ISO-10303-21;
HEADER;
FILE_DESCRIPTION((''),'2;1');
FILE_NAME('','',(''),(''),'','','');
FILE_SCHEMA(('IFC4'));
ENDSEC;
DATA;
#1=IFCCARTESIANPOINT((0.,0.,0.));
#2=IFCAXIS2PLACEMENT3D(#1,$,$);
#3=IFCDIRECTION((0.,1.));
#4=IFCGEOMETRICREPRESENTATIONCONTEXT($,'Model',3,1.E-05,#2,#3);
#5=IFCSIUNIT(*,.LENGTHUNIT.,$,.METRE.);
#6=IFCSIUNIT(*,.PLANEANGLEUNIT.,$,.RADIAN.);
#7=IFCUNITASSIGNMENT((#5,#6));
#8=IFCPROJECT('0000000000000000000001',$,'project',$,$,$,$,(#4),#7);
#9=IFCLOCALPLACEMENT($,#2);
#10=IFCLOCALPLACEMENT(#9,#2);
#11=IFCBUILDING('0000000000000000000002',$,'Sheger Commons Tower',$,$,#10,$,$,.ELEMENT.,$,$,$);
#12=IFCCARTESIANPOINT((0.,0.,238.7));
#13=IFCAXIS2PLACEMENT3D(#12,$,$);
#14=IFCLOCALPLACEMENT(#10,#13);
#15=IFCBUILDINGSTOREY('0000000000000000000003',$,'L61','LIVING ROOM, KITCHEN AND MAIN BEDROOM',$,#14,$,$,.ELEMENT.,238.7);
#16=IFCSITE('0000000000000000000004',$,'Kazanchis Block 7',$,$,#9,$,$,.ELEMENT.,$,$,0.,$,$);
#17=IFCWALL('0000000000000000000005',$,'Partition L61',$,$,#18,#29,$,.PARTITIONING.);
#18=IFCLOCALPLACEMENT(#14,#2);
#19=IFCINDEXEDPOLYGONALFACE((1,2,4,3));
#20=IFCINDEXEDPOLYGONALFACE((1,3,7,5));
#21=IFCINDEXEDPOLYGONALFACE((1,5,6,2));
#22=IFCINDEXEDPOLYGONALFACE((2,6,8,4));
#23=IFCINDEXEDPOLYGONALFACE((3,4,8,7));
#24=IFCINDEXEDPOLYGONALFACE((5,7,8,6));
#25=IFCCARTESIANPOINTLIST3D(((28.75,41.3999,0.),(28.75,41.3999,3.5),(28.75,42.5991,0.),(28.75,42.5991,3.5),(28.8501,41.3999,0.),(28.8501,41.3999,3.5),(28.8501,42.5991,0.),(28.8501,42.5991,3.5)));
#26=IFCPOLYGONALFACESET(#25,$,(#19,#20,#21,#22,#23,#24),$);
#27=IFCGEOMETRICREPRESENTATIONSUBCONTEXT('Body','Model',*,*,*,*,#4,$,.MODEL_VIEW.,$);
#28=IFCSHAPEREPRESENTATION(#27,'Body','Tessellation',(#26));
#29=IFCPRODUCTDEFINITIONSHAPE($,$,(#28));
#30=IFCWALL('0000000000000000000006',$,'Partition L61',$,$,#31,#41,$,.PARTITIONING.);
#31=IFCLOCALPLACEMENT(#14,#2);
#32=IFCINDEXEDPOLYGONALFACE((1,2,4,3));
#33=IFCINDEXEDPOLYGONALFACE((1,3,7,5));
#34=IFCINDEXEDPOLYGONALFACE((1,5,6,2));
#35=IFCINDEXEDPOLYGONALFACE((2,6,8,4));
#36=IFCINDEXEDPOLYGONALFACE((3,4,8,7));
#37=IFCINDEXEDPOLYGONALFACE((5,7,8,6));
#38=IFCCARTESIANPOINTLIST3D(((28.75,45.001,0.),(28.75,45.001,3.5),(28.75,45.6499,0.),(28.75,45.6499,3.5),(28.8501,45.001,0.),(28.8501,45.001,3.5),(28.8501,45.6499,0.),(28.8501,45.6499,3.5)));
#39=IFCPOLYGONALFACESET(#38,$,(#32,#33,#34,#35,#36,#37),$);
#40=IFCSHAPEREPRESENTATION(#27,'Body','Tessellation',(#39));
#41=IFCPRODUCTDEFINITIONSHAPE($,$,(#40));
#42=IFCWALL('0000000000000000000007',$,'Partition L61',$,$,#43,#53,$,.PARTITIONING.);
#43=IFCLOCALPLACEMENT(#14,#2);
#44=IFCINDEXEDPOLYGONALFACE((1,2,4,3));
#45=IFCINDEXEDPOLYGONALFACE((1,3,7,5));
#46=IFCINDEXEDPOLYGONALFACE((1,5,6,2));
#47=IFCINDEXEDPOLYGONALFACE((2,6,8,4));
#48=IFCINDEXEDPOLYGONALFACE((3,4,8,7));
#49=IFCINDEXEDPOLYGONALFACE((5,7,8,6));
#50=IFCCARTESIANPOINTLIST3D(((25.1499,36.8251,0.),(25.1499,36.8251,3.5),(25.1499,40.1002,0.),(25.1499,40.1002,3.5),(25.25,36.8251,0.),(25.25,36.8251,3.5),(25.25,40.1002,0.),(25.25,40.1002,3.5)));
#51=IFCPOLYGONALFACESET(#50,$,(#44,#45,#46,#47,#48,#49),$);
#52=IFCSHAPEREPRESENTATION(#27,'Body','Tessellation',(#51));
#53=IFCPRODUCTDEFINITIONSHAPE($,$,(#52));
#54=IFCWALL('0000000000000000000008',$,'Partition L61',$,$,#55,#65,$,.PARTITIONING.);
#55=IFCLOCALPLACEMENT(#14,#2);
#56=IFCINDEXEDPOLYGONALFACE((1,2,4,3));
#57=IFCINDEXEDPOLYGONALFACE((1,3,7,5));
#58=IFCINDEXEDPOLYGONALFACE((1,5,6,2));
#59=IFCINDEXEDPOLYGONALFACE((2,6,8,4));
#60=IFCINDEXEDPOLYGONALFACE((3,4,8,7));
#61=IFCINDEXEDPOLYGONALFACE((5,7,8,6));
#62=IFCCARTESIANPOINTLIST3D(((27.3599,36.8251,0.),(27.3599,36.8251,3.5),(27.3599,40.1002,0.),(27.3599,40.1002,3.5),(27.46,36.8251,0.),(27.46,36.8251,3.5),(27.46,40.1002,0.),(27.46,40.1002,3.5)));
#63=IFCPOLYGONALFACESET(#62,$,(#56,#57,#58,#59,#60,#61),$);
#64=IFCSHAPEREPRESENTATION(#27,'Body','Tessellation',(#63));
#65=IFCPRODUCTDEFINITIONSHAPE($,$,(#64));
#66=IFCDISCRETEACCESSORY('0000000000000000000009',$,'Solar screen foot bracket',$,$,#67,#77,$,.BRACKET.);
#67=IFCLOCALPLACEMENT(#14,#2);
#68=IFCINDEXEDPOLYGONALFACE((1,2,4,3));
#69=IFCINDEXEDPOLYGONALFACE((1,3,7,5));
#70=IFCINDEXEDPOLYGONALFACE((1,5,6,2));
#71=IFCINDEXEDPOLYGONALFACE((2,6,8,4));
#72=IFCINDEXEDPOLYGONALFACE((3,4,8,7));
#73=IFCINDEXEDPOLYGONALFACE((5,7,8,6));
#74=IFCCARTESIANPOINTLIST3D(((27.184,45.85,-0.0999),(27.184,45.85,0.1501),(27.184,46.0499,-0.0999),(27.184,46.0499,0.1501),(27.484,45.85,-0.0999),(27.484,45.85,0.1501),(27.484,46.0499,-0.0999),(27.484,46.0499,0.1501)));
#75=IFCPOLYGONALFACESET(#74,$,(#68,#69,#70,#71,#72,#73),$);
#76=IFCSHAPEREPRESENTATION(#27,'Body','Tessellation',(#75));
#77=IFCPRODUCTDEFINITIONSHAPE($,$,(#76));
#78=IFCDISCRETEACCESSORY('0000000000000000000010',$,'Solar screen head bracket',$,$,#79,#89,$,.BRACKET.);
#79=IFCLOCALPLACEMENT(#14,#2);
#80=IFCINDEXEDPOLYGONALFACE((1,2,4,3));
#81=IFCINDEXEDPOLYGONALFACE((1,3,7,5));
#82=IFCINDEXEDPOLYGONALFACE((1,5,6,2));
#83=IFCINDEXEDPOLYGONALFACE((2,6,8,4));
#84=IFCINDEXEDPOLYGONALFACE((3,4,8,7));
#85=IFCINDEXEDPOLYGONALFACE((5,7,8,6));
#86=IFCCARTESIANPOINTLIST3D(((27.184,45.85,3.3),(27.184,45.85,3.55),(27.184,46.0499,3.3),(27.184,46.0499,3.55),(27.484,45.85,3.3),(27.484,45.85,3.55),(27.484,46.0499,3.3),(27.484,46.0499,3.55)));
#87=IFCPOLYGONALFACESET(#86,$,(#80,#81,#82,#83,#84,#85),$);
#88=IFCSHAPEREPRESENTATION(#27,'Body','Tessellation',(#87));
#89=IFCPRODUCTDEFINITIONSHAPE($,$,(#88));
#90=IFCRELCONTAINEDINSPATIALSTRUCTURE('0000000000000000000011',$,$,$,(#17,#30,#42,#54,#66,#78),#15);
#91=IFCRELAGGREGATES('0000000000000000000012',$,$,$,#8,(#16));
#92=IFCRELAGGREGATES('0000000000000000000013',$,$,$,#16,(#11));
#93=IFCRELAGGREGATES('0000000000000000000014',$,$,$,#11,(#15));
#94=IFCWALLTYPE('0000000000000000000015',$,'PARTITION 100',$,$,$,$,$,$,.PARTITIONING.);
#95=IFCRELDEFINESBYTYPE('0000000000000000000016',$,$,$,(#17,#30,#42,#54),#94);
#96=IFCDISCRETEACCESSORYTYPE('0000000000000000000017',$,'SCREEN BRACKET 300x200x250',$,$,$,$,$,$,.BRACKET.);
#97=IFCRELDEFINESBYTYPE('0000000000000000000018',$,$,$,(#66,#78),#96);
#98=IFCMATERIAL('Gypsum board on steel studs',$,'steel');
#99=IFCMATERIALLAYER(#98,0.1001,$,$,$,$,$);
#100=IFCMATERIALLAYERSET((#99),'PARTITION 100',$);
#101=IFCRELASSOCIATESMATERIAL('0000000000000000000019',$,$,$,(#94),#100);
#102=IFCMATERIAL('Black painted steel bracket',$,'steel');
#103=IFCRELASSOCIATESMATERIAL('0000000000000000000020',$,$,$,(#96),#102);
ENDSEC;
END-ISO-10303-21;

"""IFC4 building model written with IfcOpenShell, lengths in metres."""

from ifc_helpers import new_model, si_unit, direction, frame, frame_2d, origin, origin_2d, place, context, subcontext, project, spatial, rectangle, extrude, material, layer, layer_set, type_object, element, save


model = new_model("IFC4")

# Units and contexts
model_context = context("Model", 3, precision=1e-05, world=origin(), true_north=direction((0.0, 1.0)))
body_context = subcontext(model_context, "Body", "Model", "MODEL_VIEW")
ifc_project = project(units=[si_unit("LENGTHUNIT", "METRE"), si_unit("PLANEANGLEUNIT", "RADIAN")], contexts=[model_context])

# Site, building, storey
site_placement = place(None, origin())
site = spatial("IfcSite", under=ifc_project, at=site_placement, Name="Kazanchis Block 7", CompositionType="ELEMENT", RefElevation=0.0)
building_placement = place(site_placement, origin())
building = spatial("IfcBuilding", under=site, at=building_placement, Name="Sheger Commons Tower", CompositionType="ELEMENT")
storey_placement = place(building_placement, frame((0.0, 0.0, 238.7)))
storey = spatial("IfcBuildingStorey", under=building, at=storey_placement, Name="L61", Description="LIVING ROOM, KITCHEN AND MAIN BEDROOM", CompositionType="ELEMENT", Elevation=238.7)

# Shared definitions
ifc_material_1 = material(Name="Gypsum board on steel studs", Category="steel")
ifc_layer_1 = layer(ifc_material_1, 0.1001)
ifc_layer_set_1 = layer_set([ifc_layer_1], Name="PARTITION 100")
wall_type_1 = type_object("IfcWallType", Name="PARTITION 100", PredefinedType="PARTITIONING", material=ifc_layer_set_1)

# Walls
wall_1_placement = place(storey_placement, frame((28.8, 41.3999, 0.0), z_axis=(0.0, 0.0, 1.0), x_axis=(0.0, 1.0, 0.0)))
element("IfcWall", 1, at=wall_1_placement, inside=storey, type_object=wall_type_1, Name="Partition L61", PredefinedType="PARTITIONING", context=body_context, shape_type="SweptSolid", body=[
    extrude(rectangle(XDim=1.1992, YDim=0.1001, at=frame_2d((0.5996, 0.0))), origin(), (0.0, 0.0, 1.0), 3.5),
])
wall_2_placement = place(storey_placement, frame((28.8, 45.001, 0.0), z_axis=(0.0, 0.0, 1.0), x_axis=(0.0, 1.0, 0.0)))
element("IfcWall", 2, at=wall_2_placement, inside=storey, type_object=wall_type_1, Name="Partition L61", PredefinedType="PARTITIONING", context=body_context, shape_type="SweptSolid", body=[
    extrude(rectangle(XDim=0.6489, YDim=0.1001, at=frame_2d((0.3245, 0.0))), origin(), (0.0, 0.0, 1.0), 3.5),
])
for number, where, z_axis, x_axis, name in (
    (3, (25.2, 36.825, 0.0), (0.0, 0.0, 1.0), (0.0, 1.0, 0.0), "Partition L61"),
    (4, (27.4099, 36.825, 0.0), (0.0, 0.0, 1.0), (0.0, 1.0, 0.0), "Partition L61"),
):
    element("IfcWall", number, at=place(storey_placement, frame(where, z_axis=z_axis, x_axis=x_axis)), inside=storey, type_object=wall_type_1, Name=name, PredefinedType="PARTITIONING", context=body_context, shape_type="SweptSolid", body=[
        extrude(rectangle(XDim=3.2751, YDim=0.1001, at=frame_2d((1.6377, 0.0))), origin(), (0.0, 0.0, 1.0), 3.5),
    ])

# Discrete accessories
ifc_material_2 = material(Name="Black painted steel bracket", Category="steel")
discrete_accessory_type = type_object("IfcDiscreteAccessoryType", Name="SCREEN BRACKET 300x200x250", PredefinedType="BRACKET", material=ifc_material_2)
for number, where, z_axis, x_axis, name in (
    (5, (27.334, 45.95, -0.0999), (0.0, 0.0, 1.0), (-1.0, 0.0, 0.0), "Solar screen foot bracket"),
    (6, (27.334, 45.95, 3.3), (0.0, 0.0, 1.0), (-1.0, 0.0, 0.0), "Solar screen head bracket"),
):
    element("IfcDiscreteAccessory", number, at=place(storey_placement, frame(where, z_axis=z_axis, x_axis=x_axis)), inside=storey, type_object=discrete_accessory_type, Name=name, PredefinedType="BRACKET", context=body_context, shape_type="SweptSolid", body=[
        extrude(rectangle(XDim=0.3, YDim=0.2, at=origin_2d()), origin(), (0.0, 0.0, 1.0), 0.25),
    ])

save(model, "model.ifc")
